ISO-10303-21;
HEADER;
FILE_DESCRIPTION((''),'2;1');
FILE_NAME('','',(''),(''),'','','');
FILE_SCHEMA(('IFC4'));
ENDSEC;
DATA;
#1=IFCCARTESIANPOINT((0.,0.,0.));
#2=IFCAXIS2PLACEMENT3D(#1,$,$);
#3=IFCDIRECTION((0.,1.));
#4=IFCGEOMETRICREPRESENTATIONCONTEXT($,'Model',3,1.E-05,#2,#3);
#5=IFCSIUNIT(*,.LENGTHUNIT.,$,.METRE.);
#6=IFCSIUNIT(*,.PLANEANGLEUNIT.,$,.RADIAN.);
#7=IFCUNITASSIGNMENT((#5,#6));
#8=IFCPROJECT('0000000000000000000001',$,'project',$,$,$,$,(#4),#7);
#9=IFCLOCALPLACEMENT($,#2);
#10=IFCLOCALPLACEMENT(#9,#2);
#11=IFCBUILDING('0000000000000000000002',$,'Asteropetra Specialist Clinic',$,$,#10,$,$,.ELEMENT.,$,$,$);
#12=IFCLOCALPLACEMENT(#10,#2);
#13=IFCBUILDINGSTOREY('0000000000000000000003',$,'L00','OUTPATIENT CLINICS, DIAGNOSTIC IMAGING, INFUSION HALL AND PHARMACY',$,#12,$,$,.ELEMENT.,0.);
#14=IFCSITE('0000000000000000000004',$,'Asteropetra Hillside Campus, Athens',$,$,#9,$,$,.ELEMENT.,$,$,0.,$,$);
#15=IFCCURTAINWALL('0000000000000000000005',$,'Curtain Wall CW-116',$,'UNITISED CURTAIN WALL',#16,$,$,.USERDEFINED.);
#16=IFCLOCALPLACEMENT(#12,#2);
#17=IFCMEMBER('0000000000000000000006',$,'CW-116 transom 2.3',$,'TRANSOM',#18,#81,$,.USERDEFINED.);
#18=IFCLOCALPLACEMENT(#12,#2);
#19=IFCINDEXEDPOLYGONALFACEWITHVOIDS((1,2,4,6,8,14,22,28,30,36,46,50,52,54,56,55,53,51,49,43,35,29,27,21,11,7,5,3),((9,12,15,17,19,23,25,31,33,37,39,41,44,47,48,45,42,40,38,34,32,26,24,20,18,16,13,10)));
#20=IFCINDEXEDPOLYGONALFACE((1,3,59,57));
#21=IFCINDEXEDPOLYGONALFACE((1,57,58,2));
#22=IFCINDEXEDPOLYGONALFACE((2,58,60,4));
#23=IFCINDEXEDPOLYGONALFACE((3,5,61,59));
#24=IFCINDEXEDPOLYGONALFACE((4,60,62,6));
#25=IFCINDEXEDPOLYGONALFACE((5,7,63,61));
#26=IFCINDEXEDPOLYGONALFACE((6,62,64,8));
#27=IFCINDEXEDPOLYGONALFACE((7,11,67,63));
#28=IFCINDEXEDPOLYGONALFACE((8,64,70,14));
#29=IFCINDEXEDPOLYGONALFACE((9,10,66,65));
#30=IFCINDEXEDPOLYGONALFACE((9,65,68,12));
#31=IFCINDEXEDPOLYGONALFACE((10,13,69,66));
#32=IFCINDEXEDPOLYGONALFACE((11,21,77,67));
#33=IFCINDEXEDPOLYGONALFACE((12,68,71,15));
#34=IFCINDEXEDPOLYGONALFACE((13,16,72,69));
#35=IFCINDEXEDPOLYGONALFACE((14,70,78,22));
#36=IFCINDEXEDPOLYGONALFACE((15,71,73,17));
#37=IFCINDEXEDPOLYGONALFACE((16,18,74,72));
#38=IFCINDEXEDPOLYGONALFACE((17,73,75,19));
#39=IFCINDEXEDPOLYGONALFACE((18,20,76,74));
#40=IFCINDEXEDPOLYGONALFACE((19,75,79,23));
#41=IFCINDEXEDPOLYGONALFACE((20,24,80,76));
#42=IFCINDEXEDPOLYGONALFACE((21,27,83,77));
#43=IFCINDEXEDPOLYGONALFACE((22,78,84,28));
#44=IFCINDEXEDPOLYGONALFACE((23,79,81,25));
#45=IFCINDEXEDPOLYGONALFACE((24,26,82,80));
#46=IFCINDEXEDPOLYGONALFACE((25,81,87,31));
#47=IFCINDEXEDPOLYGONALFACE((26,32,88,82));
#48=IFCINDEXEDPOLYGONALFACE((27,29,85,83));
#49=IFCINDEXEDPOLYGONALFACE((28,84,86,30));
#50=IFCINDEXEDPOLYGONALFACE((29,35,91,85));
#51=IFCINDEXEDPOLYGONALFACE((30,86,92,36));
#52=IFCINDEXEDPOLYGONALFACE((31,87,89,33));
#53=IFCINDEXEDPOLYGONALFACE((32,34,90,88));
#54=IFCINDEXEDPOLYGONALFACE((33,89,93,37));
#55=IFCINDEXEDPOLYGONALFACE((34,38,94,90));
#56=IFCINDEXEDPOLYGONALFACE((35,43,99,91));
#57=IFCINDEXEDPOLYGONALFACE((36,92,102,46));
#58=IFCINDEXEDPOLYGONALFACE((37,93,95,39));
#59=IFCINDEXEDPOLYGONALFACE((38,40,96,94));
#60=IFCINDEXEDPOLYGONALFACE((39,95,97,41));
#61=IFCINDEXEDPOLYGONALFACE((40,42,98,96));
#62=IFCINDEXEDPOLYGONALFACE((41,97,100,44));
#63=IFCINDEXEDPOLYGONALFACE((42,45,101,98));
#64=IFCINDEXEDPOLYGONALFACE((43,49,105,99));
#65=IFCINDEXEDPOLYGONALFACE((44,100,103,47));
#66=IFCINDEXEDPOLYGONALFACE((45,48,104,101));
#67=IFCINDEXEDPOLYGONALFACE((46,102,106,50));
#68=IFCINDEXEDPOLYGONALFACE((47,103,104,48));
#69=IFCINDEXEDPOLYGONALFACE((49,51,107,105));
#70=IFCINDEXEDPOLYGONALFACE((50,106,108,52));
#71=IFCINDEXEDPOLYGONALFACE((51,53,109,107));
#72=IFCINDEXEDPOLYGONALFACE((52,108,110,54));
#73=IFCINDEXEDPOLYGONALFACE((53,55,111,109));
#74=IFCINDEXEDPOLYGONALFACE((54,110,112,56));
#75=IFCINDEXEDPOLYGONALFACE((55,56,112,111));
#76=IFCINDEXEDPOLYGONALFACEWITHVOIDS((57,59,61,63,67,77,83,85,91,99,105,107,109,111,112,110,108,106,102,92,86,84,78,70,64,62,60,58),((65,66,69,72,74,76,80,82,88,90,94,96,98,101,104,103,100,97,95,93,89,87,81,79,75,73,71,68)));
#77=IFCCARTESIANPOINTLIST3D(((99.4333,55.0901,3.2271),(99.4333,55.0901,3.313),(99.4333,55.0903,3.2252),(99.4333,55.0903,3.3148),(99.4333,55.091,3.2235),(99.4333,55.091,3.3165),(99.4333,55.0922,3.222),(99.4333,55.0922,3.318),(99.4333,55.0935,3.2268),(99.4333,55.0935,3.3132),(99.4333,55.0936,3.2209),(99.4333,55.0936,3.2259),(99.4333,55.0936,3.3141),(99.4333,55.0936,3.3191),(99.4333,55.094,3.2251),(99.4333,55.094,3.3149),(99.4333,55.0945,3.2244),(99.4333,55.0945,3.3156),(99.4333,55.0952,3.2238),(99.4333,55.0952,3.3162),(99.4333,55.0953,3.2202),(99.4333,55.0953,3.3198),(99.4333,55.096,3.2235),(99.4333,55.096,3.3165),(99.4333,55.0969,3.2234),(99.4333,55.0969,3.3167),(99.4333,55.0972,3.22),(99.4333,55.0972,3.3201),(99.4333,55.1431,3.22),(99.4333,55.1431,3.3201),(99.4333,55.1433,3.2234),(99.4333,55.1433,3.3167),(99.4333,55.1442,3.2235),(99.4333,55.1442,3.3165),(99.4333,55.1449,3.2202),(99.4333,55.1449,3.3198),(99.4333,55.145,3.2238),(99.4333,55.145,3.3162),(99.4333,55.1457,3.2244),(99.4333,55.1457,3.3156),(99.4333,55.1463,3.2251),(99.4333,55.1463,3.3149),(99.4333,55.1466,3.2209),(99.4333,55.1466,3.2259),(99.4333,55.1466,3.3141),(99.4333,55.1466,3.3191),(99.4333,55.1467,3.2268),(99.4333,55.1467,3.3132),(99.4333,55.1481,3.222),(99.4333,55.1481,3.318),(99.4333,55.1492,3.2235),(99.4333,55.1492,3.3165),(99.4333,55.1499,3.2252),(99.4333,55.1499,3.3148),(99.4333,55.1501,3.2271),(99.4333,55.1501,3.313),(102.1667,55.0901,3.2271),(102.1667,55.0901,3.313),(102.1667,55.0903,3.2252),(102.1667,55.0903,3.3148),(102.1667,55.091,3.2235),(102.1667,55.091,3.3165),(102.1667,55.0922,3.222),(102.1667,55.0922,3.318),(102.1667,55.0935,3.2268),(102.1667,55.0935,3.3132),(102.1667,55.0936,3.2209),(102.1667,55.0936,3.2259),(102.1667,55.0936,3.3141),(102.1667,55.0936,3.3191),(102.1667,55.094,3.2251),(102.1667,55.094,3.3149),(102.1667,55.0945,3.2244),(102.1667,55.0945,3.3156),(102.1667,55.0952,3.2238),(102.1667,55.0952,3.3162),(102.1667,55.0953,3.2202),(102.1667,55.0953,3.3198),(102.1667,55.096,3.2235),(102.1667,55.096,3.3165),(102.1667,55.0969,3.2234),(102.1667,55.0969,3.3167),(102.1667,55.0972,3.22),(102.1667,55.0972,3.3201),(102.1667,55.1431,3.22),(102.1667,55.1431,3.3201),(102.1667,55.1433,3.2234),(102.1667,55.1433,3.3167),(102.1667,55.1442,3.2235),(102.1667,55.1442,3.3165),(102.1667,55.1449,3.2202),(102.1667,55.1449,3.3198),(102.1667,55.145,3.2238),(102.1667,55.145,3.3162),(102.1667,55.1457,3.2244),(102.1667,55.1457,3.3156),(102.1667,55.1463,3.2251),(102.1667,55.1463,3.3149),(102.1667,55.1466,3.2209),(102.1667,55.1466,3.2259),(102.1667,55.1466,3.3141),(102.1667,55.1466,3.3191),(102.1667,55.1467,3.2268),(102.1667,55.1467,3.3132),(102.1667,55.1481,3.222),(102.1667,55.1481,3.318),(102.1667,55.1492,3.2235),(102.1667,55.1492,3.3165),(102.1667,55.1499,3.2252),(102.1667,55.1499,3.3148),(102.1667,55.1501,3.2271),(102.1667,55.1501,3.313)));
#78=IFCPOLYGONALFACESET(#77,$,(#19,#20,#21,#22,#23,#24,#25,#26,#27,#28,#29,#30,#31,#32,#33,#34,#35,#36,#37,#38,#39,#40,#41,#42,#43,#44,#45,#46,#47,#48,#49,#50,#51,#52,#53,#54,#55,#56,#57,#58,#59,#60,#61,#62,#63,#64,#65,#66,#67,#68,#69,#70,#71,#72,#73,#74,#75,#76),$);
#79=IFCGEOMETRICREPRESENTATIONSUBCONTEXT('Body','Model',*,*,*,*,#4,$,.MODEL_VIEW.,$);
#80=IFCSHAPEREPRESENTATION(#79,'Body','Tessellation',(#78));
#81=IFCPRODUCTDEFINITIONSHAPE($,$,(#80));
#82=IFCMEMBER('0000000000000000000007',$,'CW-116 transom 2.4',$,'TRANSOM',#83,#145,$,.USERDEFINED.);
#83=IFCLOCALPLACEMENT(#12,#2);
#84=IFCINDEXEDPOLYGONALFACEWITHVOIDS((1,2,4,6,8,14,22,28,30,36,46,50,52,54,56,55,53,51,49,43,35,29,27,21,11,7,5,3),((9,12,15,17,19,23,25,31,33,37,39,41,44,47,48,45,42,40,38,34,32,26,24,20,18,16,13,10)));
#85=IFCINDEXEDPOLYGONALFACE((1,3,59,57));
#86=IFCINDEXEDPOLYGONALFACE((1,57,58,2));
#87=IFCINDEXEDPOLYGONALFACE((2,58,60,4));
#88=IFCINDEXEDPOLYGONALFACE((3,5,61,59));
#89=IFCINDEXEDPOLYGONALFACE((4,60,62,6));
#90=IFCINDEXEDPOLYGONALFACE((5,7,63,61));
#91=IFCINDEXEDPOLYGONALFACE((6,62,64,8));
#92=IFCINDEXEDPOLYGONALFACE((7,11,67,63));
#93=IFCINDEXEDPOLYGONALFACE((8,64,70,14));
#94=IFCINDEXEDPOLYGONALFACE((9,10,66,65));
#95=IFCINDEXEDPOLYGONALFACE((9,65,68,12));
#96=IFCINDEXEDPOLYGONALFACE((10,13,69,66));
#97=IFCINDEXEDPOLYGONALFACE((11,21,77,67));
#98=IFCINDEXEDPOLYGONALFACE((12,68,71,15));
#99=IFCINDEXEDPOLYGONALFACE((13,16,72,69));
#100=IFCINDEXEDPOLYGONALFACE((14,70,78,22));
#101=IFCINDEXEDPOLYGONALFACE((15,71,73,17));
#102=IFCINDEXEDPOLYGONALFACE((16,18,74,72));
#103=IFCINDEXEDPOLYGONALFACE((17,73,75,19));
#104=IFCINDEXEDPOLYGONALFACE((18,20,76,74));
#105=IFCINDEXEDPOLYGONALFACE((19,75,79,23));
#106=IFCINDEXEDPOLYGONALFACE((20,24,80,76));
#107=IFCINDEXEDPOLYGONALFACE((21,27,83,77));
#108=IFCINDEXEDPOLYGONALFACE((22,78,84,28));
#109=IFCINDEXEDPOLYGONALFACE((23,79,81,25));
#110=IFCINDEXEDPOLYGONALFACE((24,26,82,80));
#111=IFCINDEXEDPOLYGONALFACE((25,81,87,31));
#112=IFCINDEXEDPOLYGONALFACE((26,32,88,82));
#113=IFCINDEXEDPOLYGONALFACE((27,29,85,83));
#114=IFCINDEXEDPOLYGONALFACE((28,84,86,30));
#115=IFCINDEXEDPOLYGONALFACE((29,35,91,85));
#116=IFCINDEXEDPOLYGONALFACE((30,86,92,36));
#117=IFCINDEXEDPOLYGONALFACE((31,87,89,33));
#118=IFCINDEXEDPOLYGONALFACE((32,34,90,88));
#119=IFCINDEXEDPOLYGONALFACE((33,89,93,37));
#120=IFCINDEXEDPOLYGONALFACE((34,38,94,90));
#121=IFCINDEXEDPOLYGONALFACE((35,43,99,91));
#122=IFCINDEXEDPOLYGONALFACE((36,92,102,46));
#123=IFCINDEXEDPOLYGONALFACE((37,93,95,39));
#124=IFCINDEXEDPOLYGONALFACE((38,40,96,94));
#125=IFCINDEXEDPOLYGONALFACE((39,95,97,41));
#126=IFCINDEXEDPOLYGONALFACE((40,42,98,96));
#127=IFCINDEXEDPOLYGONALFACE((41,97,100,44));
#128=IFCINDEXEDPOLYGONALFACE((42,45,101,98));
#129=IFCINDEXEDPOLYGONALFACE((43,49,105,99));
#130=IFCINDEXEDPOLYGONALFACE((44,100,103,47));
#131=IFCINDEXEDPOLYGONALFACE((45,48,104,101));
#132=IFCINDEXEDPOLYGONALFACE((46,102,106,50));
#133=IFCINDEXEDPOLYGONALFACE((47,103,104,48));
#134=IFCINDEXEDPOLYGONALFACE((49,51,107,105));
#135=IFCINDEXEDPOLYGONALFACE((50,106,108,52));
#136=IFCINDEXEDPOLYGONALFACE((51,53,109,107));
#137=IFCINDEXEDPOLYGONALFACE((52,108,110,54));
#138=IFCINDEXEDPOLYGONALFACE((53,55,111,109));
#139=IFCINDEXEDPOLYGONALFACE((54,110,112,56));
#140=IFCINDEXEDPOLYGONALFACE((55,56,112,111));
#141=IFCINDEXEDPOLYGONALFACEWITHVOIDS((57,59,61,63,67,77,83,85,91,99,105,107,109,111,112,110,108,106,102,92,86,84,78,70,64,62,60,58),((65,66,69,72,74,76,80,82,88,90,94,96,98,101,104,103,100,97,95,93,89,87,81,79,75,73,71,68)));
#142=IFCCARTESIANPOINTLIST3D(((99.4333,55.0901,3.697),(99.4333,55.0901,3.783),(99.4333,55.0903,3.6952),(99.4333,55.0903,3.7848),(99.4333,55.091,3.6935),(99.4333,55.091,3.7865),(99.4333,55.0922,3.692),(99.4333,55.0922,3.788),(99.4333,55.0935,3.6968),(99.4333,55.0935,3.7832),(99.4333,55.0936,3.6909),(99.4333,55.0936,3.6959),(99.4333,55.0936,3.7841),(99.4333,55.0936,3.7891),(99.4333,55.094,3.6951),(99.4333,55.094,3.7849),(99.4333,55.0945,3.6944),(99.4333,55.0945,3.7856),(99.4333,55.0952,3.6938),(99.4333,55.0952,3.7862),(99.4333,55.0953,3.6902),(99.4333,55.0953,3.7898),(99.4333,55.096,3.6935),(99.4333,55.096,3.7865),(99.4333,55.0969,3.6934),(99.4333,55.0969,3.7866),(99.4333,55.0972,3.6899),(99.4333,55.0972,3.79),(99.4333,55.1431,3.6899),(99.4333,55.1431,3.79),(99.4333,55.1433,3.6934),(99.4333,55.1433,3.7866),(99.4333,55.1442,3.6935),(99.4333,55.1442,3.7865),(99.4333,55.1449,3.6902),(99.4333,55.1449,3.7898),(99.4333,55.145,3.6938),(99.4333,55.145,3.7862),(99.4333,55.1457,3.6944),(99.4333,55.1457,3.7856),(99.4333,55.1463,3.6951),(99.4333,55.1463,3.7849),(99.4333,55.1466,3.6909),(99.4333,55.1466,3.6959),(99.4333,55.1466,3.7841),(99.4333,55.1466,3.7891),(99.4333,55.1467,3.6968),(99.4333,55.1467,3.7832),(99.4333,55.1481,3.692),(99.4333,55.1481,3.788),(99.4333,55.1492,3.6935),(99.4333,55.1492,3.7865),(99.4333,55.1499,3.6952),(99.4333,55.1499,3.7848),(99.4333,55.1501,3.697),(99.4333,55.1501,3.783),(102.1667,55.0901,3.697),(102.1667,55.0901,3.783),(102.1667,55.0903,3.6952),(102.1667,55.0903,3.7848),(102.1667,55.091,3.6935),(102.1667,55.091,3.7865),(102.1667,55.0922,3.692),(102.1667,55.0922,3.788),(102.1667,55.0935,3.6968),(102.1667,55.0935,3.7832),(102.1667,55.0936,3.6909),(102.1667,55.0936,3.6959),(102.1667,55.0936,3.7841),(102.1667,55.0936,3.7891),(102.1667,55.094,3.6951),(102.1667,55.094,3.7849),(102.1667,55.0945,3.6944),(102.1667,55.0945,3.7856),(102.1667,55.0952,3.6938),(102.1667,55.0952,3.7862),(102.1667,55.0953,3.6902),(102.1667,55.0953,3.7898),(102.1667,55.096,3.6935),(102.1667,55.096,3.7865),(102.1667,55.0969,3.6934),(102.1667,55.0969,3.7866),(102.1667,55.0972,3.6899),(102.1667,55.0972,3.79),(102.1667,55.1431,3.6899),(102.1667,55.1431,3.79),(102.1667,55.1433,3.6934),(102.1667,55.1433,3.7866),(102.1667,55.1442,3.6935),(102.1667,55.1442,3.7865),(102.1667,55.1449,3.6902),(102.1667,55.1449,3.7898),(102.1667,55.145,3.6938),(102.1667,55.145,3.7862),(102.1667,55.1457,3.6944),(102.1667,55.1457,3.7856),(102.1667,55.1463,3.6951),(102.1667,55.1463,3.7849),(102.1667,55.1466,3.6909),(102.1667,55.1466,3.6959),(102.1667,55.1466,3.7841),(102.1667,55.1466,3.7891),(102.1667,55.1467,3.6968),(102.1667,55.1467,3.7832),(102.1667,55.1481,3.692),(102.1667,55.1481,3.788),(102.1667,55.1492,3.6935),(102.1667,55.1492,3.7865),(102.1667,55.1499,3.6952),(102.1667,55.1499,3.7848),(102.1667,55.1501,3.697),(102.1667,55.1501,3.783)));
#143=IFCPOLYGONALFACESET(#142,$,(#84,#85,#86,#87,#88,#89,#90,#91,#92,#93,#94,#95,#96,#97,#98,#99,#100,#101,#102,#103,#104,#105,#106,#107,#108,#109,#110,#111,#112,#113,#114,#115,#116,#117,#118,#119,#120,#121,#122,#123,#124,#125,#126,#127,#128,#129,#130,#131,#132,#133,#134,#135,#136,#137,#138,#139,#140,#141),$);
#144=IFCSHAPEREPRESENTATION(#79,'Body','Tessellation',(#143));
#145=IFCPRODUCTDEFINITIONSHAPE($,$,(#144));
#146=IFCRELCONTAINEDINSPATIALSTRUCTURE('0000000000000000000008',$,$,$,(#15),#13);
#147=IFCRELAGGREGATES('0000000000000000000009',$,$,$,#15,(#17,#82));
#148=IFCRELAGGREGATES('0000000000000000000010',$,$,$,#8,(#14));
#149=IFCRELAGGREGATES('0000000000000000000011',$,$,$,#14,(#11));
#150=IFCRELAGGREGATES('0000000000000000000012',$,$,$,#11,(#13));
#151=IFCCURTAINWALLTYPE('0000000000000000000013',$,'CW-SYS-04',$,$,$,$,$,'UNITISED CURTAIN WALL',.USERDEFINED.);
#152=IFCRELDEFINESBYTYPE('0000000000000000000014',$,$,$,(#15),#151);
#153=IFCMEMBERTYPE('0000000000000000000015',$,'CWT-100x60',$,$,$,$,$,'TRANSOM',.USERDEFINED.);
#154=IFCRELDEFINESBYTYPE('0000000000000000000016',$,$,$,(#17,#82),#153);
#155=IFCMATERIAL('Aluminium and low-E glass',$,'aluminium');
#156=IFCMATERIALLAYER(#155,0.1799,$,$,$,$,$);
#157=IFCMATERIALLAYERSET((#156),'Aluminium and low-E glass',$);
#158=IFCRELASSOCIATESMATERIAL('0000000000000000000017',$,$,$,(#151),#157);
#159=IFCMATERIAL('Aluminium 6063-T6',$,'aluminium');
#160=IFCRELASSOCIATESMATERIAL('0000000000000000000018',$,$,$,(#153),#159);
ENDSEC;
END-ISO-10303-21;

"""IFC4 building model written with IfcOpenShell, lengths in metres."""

from ifc_helpers import new_model, si_unit, direction, frame, origin, origin_2d, place, context, subcontext, project, spatial, hollow_rectangle, extrude, material, layer, layer_set, material_profile, profile_set, type_object, element, aggregate, save


model = new_model("IFC4")

# Units and contexts
model_context = context("Model", 3, precision=1e-05, world=origin(), true_north=direction((0.0, 1.0)))
body_context = subcontext(model_context, "Body", "Model", "MODEL_VIEW")
ifc_project = project(units=[si_unit("LENGTHUNIT", "METRE"), si_unit("PLANEANGLEUNIT", "RADIAN")], contexts=[model_context])

# Site, building, storey
site_placement = place(None, origin())
site = spatial("IfcSite", under=ifc_project, at=site_placement, Name="Asteropetra Hillside Campus, Athens", CompositionType="ELEMENT", RefElevation=0.0)
building_placement = place(site_placement, origin())
building = spatial("IfcBuilding", under=site, at=building_placement, Name="Asteropetra Specialist Clinic", CompositionType="ELEMENT")
storey_placement = place(building_placement, origin())
storey = spatial("IfcBuildingStorey", under=building, at=storey_placement, Name="L00", Description="OUTPATIENT CLINICS, DIAGNOSTIC IMAGING, INFUSION HALL AND PHARMACY", CompositionType="ELEMENT", Elevation=0.0)

# Curtain wall
ifc_material_1 = material(Name="Aluminium and low-E glass", Category="aluminium")
ifc_layer_1 = layer(ifc_material_1, 0.1799)
ifc_layer_set_1 = layer_set([ifc_layer_1], Name="Aluminium and low-E glass")
curtain_wall_type_1 = type_object("IfcCurtainWallType", Name="CW-SYS-04", ElementType="UNITISED CURTAIN WALL", PredefinedType="USERDEFINED", material=ifc_layer_set_1)
curtain_wall_1_placement = place(storey_placement, origin())
curtain_wall_1 = element("IfcCurtainWall", 1, at=curtain_wall_1_placement, inside=storey, type_object=curtain_wall_type_1, Name="Curtain Wall CW-116", ObjectType="UNITISED CURTAIN WALL", PredefinedType="USERDEFINED")

# Members
ifc_material_2 = material(Name="Aluminium 6063-T6", Category="aluminium")
ifc_material_profile_1 = material_profile(ifc_material_2, hollow_rectangle(XDim=0.0601, YDim=0.1001, WallThickness=0.0034, InnerFilletRadius=0.0034, OuterFilletRadius=0.0071, at=origin_2d()), Name="TRN 100x60x3.5")
ifc_profile_set_1 = profile_set([ifc_material_profile_1], Name="Aluminium 6063-T6")
member_type_1 = type_object("IfcMemberType", Name="CWT-100x60", ElementType="TRANSOM", PredefinedType="USERDEFINED", material=ifc_profile_set_1)
member_1_placement = place(storey_placement, frame((102.1667, 55.1201, 3.27), z_axis=(-1.0, 0.0, 0.0), x_axis=(0.0, -1.0, 0.0)))
member_1 = element("IfcMember", 2, at=member_1_placement, type_object=member_type_1, Name="CW-116 transom 2.3", ObjectType="TRANSOM", PredefinedType="USERDEFINED", context=body_context, shape_type="SweptSolid", body=[
    extrude(hollow_rectangle(XDim=0.0601, YDim=0.1001, WallThickness=0.0034, InnerFilletRadius=0.0034, OuterFilletRadius=0.0071, at=origin_2d()), origin(), (0.0, 0.0, 1.0), 2.7334),
])
member_2_placement = place(storey_placement, frame((102.1667, 55.1201, 3.74), z_axis=(-1.0, 0.0, 0.0), x_axis=(0.0, -1.0, 0.0)))
member_2 = element("IfcMember", 3, at=member_2_placement, type_object=member_type_1, Name="CW-116 transom 2.4", ObjectType="TRANSOM", PredefinedType="USERDEFINED", context=body_context, shape_type="SweptSolid", body=[
    extrude(hollow_rectangle(XDim=0.0601, YDim=0.1001, WallThickness=0.0034, InnerFilletRadius=0.0034, OuterFilletRadius=0.0071, at=origin_2d()), origin(), (0.0, 0.0, 1.0), 2.7334),
])

aggregate(curtain_wall_1, [member_1, member_2])

save(model, "model.ifc")
